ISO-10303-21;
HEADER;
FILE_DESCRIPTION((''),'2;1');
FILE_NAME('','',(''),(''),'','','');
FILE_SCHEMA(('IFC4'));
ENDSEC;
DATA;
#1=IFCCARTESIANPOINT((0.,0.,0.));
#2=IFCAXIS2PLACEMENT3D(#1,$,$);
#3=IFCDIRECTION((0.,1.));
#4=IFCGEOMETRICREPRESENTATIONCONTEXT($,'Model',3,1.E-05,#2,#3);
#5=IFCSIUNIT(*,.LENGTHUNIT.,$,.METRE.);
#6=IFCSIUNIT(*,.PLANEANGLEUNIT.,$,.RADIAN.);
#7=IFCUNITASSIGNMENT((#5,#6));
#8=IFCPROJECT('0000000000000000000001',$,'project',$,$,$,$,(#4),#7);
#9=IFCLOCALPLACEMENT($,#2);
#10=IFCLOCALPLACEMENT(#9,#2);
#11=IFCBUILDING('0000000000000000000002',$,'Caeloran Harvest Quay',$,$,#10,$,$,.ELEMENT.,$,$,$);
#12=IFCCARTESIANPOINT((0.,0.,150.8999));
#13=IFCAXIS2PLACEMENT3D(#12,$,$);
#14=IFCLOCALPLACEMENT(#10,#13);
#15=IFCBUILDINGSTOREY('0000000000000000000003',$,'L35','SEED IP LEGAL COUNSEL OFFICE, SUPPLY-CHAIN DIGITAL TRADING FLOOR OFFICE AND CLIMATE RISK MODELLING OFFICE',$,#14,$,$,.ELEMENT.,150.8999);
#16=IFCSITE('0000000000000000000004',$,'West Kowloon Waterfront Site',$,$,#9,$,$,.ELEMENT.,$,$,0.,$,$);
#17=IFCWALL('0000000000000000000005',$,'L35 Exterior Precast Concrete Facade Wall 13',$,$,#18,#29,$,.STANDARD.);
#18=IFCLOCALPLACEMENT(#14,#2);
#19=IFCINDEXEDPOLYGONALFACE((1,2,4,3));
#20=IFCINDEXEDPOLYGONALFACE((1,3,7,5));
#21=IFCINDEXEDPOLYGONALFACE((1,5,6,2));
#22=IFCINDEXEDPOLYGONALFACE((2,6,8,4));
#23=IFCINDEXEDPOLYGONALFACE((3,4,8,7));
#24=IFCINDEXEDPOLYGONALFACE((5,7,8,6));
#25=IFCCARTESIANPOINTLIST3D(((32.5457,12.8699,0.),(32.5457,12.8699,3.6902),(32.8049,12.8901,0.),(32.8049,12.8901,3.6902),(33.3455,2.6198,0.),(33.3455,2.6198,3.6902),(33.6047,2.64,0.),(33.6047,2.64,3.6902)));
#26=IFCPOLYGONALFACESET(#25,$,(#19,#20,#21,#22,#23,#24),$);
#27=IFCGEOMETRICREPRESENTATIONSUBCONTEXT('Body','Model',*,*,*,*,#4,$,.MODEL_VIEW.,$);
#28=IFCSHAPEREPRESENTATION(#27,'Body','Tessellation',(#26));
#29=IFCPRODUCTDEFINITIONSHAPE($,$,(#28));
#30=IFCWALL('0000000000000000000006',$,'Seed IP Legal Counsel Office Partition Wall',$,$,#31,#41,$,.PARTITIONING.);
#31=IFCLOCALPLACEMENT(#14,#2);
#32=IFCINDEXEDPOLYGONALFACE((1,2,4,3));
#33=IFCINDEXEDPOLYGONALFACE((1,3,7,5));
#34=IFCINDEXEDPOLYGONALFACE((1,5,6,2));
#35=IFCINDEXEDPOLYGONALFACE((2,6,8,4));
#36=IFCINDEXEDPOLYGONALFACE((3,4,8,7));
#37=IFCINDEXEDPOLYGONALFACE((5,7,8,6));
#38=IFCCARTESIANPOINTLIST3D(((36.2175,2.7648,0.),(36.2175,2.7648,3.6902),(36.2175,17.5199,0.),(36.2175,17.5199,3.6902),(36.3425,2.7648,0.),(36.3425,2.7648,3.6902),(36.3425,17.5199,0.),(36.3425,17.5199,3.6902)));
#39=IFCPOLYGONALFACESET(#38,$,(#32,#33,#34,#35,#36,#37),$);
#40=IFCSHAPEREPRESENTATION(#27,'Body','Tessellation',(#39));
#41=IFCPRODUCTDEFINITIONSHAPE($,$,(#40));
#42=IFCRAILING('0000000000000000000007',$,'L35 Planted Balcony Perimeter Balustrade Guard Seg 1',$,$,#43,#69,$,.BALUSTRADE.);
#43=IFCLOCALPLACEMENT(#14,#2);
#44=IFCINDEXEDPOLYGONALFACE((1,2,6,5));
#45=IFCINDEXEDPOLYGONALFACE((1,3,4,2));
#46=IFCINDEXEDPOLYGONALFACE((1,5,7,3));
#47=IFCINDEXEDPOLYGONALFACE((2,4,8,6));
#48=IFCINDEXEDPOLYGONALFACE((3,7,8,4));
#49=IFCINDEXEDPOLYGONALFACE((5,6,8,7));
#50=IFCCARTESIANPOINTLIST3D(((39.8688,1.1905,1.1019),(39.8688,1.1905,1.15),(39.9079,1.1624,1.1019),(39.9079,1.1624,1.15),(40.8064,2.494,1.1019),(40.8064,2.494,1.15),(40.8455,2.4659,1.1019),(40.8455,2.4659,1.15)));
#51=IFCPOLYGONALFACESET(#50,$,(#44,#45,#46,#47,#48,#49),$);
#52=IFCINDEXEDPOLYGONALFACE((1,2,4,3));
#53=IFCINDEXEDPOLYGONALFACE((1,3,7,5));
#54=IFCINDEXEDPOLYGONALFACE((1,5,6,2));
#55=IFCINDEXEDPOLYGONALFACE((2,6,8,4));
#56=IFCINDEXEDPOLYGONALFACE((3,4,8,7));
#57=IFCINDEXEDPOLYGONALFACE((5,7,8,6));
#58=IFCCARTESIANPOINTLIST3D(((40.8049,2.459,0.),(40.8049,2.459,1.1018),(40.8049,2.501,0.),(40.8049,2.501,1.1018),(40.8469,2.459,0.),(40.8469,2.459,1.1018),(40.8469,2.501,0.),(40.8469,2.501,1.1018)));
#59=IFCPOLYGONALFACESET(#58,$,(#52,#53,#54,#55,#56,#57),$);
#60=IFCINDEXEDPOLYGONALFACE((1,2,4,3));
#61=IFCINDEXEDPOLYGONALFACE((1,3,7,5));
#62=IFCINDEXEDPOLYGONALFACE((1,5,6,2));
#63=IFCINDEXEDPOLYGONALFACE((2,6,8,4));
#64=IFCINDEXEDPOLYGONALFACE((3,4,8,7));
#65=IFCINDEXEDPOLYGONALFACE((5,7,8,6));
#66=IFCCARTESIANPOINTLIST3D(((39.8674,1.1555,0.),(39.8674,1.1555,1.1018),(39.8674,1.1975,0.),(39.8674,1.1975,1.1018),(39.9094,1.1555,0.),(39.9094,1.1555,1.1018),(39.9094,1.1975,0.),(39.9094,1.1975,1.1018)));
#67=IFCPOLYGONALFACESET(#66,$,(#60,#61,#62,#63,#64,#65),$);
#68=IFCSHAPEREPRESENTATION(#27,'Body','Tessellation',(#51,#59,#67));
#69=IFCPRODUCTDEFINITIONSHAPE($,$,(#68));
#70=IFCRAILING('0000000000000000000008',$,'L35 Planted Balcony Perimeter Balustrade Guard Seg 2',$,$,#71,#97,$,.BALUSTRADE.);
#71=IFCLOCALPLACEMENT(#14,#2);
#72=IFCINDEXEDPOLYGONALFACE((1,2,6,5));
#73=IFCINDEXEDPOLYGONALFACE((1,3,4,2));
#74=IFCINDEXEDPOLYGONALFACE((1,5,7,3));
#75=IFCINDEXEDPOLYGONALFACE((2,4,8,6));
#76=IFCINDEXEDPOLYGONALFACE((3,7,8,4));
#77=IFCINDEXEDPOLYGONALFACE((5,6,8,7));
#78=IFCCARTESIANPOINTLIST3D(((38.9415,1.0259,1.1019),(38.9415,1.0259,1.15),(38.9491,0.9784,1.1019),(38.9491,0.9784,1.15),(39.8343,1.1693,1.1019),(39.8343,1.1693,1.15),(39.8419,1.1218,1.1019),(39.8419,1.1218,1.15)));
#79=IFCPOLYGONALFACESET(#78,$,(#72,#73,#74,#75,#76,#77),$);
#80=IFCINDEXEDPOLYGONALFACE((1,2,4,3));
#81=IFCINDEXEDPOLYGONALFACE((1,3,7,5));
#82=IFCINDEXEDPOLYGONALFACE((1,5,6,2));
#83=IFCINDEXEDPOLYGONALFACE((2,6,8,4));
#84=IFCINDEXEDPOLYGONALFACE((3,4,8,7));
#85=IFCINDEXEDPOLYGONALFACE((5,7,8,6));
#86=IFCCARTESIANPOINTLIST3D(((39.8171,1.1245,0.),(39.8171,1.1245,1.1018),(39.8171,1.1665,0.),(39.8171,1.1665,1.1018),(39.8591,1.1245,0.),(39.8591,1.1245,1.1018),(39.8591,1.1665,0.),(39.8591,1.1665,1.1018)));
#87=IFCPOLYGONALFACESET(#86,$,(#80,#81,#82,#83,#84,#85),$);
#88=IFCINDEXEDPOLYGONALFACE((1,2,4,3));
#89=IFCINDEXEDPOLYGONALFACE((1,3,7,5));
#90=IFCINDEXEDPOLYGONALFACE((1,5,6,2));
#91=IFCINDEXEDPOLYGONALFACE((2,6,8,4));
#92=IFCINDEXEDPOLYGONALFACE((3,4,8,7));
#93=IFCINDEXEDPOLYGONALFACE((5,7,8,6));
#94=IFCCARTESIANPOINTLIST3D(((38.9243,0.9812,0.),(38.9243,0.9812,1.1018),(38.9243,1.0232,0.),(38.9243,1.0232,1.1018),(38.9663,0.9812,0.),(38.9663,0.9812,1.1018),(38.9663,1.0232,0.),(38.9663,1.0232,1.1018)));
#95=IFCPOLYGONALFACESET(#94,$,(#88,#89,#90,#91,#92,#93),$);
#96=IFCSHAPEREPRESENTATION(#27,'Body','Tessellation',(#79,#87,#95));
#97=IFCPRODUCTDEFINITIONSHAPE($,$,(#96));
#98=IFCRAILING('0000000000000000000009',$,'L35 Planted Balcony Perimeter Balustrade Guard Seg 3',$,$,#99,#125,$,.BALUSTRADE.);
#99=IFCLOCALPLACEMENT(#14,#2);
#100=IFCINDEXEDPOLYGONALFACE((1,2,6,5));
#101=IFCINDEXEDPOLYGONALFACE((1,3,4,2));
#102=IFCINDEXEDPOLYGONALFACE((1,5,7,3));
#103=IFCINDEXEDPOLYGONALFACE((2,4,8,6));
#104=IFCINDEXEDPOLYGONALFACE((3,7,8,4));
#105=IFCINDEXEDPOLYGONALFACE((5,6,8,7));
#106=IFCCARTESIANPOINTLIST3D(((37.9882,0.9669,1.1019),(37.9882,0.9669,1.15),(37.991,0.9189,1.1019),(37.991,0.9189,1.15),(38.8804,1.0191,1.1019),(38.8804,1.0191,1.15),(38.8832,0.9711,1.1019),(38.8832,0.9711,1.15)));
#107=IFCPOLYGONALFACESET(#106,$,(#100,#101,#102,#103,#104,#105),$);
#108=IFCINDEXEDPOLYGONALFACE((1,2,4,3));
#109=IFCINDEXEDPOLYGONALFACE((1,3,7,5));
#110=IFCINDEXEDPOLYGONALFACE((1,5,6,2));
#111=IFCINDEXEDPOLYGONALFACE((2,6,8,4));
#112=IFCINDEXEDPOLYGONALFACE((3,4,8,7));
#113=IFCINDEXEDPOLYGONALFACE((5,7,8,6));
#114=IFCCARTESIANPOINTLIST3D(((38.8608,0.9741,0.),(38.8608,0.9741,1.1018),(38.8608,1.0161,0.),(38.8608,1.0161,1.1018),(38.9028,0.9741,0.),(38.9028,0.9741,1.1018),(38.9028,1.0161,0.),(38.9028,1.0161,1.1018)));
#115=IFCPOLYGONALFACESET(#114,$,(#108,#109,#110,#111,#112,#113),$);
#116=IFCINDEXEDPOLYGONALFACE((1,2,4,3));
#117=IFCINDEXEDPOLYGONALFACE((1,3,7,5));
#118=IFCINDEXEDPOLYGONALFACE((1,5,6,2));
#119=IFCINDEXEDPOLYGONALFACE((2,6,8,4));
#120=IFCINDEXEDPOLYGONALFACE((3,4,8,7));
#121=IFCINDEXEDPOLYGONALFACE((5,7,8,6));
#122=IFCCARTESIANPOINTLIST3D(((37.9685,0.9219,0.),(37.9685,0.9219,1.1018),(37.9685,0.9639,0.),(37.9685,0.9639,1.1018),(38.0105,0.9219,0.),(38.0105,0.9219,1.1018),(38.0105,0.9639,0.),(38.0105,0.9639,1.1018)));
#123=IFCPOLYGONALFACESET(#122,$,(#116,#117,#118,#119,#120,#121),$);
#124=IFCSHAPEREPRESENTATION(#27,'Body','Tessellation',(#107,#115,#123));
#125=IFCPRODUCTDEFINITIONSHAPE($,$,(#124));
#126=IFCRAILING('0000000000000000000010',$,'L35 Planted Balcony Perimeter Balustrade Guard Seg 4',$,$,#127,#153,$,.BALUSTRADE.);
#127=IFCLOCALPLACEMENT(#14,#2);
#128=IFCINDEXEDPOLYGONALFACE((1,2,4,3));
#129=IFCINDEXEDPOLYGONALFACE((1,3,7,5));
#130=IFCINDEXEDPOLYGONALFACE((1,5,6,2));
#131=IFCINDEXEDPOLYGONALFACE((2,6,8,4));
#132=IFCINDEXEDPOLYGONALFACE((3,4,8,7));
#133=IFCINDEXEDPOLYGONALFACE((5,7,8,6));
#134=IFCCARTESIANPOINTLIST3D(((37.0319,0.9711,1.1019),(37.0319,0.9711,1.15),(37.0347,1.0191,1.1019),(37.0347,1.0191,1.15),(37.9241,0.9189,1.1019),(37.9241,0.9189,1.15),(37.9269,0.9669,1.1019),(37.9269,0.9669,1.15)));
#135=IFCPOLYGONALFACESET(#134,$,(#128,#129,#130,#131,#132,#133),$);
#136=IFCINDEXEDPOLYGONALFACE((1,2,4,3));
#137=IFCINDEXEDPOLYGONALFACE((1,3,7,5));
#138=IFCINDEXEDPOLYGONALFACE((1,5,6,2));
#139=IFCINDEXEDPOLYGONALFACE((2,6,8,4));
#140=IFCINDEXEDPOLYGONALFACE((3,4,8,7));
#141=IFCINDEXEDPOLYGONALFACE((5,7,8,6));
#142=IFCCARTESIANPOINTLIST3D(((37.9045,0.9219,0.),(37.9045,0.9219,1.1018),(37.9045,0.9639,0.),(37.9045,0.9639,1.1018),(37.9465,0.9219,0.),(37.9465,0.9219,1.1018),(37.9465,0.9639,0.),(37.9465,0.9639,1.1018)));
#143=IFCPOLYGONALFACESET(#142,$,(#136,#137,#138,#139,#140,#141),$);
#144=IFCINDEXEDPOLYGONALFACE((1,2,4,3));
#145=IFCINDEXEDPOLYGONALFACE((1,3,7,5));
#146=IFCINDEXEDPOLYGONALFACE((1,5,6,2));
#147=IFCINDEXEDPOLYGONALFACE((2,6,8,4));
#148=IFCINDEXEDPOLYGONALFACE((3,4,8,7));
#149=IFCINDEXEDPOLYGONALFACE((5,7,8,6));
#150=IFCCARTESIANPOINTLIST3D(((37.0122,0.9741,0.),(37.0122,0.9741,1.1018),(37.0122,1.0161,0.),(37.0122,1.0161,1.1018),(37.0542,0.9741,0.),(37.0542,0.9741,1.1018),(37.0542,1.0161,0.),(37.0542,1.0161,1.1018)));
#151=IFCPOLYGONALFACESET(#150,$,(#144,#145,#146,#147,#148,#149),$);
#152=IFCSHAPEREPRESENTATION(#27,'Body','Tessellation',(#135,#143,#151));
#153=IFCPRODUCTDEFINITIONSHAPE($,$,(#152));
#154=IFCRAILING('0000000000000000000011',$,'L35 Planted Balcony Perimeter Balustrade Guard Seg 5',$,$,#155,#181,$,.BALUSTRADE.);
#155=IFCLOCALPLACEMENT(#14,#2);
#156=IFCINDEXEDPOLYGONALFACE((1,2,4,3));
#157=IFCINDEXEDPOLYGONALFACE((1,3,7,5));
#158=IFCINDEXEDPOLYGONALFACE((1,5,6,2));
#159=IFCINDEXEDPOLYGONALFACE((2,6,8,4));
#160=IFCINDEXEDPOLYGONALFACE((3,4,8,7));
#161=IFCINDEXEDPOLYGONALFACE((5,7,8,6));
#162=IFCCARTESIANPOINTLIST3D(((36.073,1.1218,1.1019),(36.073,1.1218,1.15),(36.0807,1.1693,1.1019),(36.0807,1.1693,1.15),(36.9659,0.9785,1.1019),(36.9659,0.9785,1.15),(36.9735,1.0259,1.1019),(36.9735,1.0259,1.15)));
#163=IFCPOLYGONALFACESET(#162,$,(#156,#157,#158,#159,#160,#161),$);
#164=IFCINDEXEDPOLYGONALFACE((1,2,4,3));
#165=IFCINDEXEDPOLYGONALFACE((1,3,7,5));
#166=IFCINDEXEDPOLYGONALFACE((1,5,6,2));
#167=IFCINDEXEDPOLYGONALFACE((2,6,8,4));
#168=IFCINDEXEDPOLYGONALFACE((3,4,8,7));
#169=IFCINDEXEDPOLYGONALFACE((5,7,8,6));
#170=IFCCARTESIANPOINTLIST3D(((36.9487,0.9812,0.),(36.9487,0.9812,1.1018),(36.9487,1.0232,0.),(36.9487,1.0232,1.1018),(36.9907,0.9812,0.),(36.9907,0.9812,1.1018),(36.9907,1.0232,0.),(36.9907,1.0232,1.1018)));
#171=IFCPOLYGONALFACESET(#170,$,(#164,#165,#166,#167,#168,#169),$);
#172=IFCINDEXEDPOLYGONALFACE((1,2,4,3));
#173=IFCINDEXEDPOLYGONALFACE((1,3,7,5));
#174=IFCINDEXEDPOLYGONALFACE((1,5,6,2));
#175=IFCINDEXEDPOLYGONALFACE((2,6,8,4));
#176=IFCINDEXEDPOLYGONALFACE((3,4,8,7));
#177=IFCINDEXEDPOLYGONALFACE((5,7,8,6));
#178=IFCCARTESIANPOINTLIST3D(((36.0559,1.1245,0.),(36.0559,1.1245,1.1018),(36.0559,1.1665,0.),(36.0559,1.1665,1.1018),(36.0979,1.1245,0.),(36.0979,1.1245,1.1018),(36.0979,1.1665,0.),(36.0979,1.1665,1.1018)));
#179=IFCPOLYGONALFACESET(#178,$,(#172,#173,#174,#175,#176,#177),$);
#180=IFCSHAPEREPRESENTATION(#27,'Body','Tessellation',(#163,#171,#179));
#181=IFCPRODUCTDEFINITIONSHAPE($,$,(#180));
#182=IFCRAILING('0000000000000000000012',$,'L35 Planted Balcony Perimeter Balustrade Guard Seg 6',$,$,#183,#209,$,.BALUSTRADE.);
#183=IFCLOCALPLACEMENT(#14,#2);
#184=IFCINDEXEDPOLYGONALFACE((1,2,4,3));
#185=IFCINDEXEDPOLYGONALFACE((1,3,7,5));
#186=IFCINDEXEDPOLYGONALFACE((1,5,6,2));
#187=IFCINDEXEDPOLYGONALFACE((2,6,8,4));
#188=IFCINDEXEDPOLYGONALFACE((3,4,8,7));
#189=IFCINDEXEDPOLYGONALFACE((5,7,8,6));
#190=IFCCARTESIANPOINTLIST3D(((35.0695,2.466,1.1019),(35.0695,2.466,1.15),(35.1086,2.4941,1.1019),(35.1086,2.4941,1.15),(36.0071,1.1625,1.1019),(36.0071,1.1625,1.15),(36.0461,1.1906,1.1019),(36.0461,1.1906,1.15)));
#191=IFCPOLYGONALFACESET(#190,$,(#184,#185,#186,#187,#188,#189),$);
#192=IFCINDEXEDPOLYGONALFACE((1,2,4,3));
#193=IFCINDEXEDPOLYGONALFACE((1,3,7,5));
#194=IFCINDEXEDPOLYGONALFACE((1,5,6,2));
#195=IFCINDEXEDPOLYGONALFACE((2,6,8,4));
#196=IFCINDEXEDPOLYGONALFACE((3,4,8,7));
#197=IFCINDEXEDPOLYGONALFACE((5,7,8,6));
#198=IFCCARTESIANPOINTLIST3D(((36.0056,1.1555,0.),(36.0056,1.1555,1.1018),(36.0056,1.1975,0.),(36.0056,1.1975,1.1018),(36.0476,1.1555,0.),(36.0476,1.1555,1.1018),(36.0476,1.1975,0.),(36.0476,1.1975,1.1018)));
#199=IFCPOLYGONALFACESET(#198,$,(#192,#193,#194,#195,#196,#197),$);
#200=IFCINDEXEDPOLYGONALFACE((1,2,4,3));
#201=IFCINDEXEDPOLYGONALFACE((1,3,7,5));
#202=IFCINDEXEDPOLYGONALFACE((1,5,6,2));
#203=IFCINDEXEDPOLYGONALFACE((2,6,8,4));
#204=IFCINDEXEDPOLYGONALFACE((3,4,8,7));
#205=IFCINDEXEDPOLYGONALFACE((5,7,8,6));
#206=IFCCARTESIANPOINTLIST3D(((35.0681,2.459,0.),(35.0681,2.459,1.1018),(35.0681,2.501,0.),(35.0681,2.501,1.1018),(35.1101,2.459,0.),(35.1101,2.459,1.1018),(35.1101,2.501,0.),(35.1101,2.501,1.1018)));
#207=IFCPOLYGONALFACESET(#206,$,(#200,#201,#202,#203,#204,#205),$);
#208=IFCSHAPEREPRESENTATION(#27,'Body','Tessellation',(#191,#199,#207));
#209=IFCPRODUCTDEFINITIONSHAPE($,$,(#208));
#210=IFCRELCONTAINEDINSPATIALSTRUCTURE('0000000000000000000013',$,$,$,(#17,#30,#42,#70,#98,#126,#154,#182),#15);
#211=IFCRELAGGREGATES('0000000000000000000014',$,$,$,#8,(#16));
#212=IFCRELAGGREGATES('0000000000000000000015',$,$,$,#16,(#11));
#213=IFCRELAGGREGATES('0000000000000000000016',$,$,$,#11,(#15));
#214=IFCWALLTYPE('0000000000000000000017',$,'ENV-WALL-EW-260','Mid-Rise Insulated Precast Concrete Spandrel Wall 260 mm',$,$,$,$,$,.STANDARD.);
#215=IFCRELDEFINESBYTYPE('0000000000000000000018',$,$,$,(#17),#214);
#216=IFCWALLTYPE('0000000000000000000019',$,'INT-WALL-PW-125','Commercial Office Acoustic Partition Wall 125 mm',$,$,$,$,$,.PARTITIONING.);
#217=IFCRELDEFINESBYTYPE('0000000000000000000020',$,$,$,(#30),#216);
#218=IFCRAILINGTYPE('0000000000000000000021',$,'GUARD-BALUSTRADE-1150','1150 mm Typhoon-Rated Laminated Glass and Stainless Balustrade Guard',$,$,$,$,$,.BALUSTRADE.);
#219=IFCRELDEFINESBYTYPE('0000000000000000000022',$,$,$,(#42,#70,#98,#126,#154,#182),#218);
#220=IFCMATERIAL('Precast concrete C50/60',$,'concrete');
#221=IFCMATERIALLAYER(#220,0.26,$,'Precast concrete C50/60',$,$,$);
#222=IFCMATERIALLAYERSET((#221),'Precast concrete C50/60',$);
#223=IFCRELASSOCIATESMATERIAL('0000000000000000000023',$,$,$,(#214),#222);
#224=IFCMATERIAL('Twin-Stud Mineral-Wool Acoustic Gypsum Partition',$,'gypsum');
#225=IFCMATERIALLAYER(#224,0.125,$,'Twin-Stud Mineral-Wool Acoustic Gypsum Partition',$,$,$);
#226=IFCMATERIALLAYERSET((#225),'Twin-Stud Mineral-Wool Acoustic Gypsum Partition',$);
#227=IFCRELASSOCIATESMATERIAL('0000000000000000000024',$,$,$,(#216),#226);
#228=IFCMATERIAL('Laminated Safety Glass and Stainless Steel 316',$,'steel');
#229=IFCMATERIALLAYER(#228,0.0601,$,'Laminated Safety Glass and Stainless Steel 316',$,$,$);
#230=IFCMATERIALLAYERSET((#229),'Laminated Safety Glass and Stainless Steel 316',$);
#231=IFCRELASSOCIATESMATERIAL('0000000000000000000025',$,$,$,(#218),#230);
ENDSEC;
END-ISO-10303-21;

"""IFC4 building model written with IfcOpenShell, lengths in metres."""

from ifc_helpers import new_model, si_unit, direction, frame, frame_2d, origin, origin_2d, place, context, subcontext, project, spatial, rectangle, extrude, material, layer, layer_set, type_object, element, save


model = new_model("IFC4")

# Units and contexts
model_context = context("Model", 3, precision=1e-05, world=origin(), true_north=direction((0.0, 1.0)))
body_context = subcontext(model_context, "Body", "Model", "MODEL_VIEW")
ifc_project = project(units=[si_unit("LENGTHUNIT", "METRE"), si_unit("PLANEANGLEUNIT", "RADIAN")], contexts=[model_context])

# Site, building, storey
site_placement = place(None, origin())
site = spatial("IfcSite", under=ifc_project, at=site_placement, Name="West Kowloon Waterfront Site", CompositionType="ELEMENT", RefElevation=0.0)
building_placement = place(site_placement, origin())
building = spatial("IfcBuilding", under=site, at=building_placement, Name="Caeloran Harvest Quay", CompositionType="ELEMENT")
storey_placement = place(building_placement, frame((0.0, 0.0, 150.8999)))
storey = spatial("IfcBuildingStorey", under=building, at=storey_placement, Name="L35", Description="SEED IP LEGAL COUNSEL OFFICE, SUPPLY-CHAIN DIGITAL TRADING FLOOR OFFICE AND CLIMATE RISK MODELLING OFFICE", CompositionType="ELEMENT", Elevation=150.8999)

# Shared definitions
ifc_material_1 = material(Name="Precast concrete C50/60", Category="concrete")

# Shared definitions
ifc_layer_1 = layer(ifc_material_1, 0.26, Name="Precast concrete C50/60")
ifc_layer_set_1 = layer_set([ifc_layer_1], Name="Precast concrete C50/60")
wall_type_1 = type_object("IfcWallType", Name="ENV-WALL-EW-260", Description="Mid-Rise Insulated Precast Concrete Spandrel Wall 260 mm", PredefinedType="STANDARD", material=ifc_layer_set_1)

# Walls
wall_1_placement = place(storey_placement, frame((33.4751, 2.6299, 0.0), z_axis=(0.0, 0.0, 1.0), x_axis=(-0.077793, 0.99697, 0.0)))
element("IfcWall", 1, at=wall_1_placement, inside=storey, type_object=wall_type_1, Name="L35 Exterior Precast Concrete Facade Wall 13", PredefinedType="STANDARD", context=body_context, shape_type="SweptSolid", body=[
    extrude(rectangle(XDim=10.2812, YDim=0.26, at=frame_2d((5.1406, 0.0))), origin(), (0.0, 0.0, 1.0), 3.6902),
])
ifc_material_2 = material(Name="Twin-Stud Mineral-Wool Acoustic Gypsum Partition", Category="gypsum")
ifc_layer_2 = layer(ifc_material_2, 0.125, Name="Twin-Stud Mineral-Wool Acoustic Gypsum Partition")
ifc_layer_set_2 = layer_set([ifc_layer_2], Name="Twin-Stud Mineral-Wool Acoustic Gypsum Partition")
wall_type_2 = type_object("IfcWallType", Name="INT-WALL-PW-125", Description="Commercial Office Acoustic Partition Wall 125 mm", PredefinedType="PARTITIONING", material=ifc_layer_set_2)
wall_2_placement = place(storey_placement, frame((36.28, 2.7649, 0.0), z_axis=(0.0, 0.0, 1.0), x_axis=(0.0, 1.0, 0.0)))
element("IfcWall", 2, at=wall_2_placement, inside=storey, type_object=wall_type_2, Name="Seed IP Legal Counsel Office Partition Wall", PredefinedType="PARTITIONING", context=body_context, shape_type="SweptSolid", body=[
    extrude(rectangle(XDim=14.7551, YDim=0.125, at=frame_2d((7.3774, 0.0))), origin(), (0.0, 0.0, 1.0), 3.6902),
])

# Railings
ifc_material_3 = material(Name="Laminated Safety Glass and Stainless Steel 316", Category="steel")
ifc_layer_3 = layer(ifc_material_3, 0.0601, Name="Laminated Safety Glass and Stainless Steel 316")
ifc_layer_set_3 = layer_set([ifc_layer_3], Name="Laminated Safety Glass and Stainless Steel 316")
railing_type = type_object("IfcRailingType", Name="GUARD-BALUSTRADE-1150", Description="1150 mm Typhoon-Rated Laminated Glass and Stainless Balustrade Guard", PredefinedType="BALUSTRADE", material=ifc_layer_set_3)
railing_1_placement = place(storey_placement, frame((40.8259, 2.48, 0.0)))
element("IfcRailing", 3, at=railing_1_placement, inside=storey, type_object=railing_type, Name="L35 Planted Balcony Perimeter Balustrade Guard Seg 1", PredefinedType="BALUSTRADE", context=body_context, shape_type="SweptSolid", body=[
    extrude(rectangle(XDim=0.0481, YDim=0.0481, at=origin_2d()), frame((0.0, 0.0, 1.126), z_axis=(-0.583896, -0.811828, 0.0), x_axis=(0.811828, -0.583896, 0.0)), (0.0, 0.0, 1.0), 1.6057),
    extrude(rectangle(XDim=0.042, YDim=0.042, at=origin_2d()), origin(), (0.0, 0.0, 1.0), 1.1018),
    extrude(rectangle(XDim=0.042, YDim=0.042, at=origin_2d()), frame((-0.9375, -1.3035, 0.0)), (0.0, 0.0, 1.0), 1.1018),
])
railing_2_placement = place(storey_placement, frame((39.8381, 1.1455, 0.0)))
element("IfcRailing", 4, at=railing_2_placement, inside=storey, type_object=railing_type, Name="L35 Planted Balcony Perimeter Balustrade Guard Seg 2", PredefinedType="BALUSTRADE", context=body_context, shape_type="SweptSolid", body=[
    extrude(rectangle(XDim=0.0481, YDim=0.0481, at=origin_2d()), frame((0.0, 0.0, 1.126), z_axis=(-0.987361, -0.158485, 0.0), x_axis=(0.158485, -0.987361, 0.0)), (0.0, 0.0, 1.0), 0.9043),
    extrude(rectangle(XDim=0.042, YDim=0.042, at=origin_2d()), origin(), (0.0, 0.0, 1.0), 1.1018),
    extrude(rectangle(XDim=0.042, YDim=0.042, at=origin_2d()), frame((-0.8928, -0.1433, 0.0)), (0.0, 0.0, 1.0), 1.1018),
])
railing_3_placement = place(storey_placement, frame((38.8818, 0.9951, 0.0)))
element("IfcRailing", 5, at=railing_3_placement, inside=storey, type_object=railing_type, Name="L35 Planted Balcony Perimeter Balustrade Guard Seg 3", PredefinedType="BALUSTRADE", context=body_context, shape_type="SweptSolid", body=[
    extrude(rectangle(XDim=0.0481, YDim=0.0481, at=origin_2d()), frame((0.0, 0.0, 1.126), z_axis=(-0.99829, -0.05845, 0.0), x_axis=(0.05845, -0.99829, 0.0)), (0.0, 0.0, 1.0), 0.8938),
    extrude(rectangle(XDim=0.042, YDim=0.042, at=origin_2d()), origin(), (0.0, 0.0, 1.0), 1.1018),
    extrude(rectangle(XDim=0.042, YDim=0.042, at=origin_2d()), frame((-0.8923, -0.0522, 0.0)), (0.0, 0.0, 1.0), 1.1018),
])
railing_4_placement = place(storey_placement, frame((37.9255, 0.9429, 0.0)))
element("IfcRailing", 6, at=railing_4_placement, inside=storey, type_object=railing_type, Name="L35 Planted Balcony Perimeter Balustrade Guard Seg 4", PredefinedType="BALUSTRADE", context=body_context, shape_type="SweptSolid", body=[
    extrude(rectangle(XDim=0.0481, YDim=0.0481, at=origin_2d()), frame((0.0, 0.0, 1.126), z_axis=(-0.99829, 0.05845, 0.0), x_axis=(-0.05845, -0.99829, 0.0)), (0.0, 0.0, 1.0), 0.8938),
    extrude(rectangle(XDim=0.042, YDim=0.042, at=origin_2d()), origin(), (0.0, 0.0, 1.0), 1.1018),
    extrude(rectangle(XDim=0.042, YDim=0.042, at=origin_2d()), frame((-0.8923, 0.0522, 0.0)), (0.0, 0.0, 1.0), 1.1018),
])
railing_5_placement = place(storey_placement, frame((36.9697, 1.0022, 0.0)))
element("IfcRailing", 7, at=railing_5_placement, inside=storey, type_object=railing_type, Name="L35 Planted Balcony Perimeter Balustrade Guard Seg 5", PredefinedType="BALUSTRADE", context=body_context, shape_type="SweptSolid", body=[
    extrude(rectangle(XDim=0.0481, YDim=0.0481, at=origin_2d()), frame((0.0, 0.0, 1.126), z_axis=(-0.987361, 0.158485, 0.0), x_axis=(-0.158485, -0.987361, 0.0)), (0.0, 0.0, 1.0), 0.9043),
    extrude(rectangle(XDim=0.042, YDim=0.042, at=origin_2d()), origin(), (0.0, 0.0, 1.0), 1.1018),
    extrude(rectangle(XDim=0.042, YDim=0.042, at=origin_2d()), frame((-0.8928, 0.1433, 0.0)), (0.0, 0.0, 1.0), 1.1018),
])
railing_6_placement = place(storey_placement, frame((36.0266, 1.1765, 0.0)))
element("IfcRailing", 8, at=railing_6_placement, inside=storey, type_object=railing_type, Name="L35 Planted Balcony Perimeter Balustrade Guard Seg 6", PredefinedType="BALUSTRADE", context=body_context, shape_type="SweptSolid", body=[
    extrude(rectangle(XDim=0.0481, YDim=0.0481, at=origin_2d()), frame((0.0, 0.0, 1.126), z_axis=(-0.583896, 0.811828, 0.0), x_axis=(-0.811828, -0.583896, 0.0)), (0.0, 0.0, 1.0), 1.6057),
    extrude(rectangle(XDim=0.042, YDim=0.042, at=origin_2d()), origin(), (0.0, 0.0, 1.0), 1.1018),
    extrude(rectangle(XDim=0.042, YDim=0.042, at=origin_2d()), frame((-0.9375, 1.3035, 0.0)), (0.0, 0.0, 1.0), 1.1018),
])

save(model, "model.ifc")
